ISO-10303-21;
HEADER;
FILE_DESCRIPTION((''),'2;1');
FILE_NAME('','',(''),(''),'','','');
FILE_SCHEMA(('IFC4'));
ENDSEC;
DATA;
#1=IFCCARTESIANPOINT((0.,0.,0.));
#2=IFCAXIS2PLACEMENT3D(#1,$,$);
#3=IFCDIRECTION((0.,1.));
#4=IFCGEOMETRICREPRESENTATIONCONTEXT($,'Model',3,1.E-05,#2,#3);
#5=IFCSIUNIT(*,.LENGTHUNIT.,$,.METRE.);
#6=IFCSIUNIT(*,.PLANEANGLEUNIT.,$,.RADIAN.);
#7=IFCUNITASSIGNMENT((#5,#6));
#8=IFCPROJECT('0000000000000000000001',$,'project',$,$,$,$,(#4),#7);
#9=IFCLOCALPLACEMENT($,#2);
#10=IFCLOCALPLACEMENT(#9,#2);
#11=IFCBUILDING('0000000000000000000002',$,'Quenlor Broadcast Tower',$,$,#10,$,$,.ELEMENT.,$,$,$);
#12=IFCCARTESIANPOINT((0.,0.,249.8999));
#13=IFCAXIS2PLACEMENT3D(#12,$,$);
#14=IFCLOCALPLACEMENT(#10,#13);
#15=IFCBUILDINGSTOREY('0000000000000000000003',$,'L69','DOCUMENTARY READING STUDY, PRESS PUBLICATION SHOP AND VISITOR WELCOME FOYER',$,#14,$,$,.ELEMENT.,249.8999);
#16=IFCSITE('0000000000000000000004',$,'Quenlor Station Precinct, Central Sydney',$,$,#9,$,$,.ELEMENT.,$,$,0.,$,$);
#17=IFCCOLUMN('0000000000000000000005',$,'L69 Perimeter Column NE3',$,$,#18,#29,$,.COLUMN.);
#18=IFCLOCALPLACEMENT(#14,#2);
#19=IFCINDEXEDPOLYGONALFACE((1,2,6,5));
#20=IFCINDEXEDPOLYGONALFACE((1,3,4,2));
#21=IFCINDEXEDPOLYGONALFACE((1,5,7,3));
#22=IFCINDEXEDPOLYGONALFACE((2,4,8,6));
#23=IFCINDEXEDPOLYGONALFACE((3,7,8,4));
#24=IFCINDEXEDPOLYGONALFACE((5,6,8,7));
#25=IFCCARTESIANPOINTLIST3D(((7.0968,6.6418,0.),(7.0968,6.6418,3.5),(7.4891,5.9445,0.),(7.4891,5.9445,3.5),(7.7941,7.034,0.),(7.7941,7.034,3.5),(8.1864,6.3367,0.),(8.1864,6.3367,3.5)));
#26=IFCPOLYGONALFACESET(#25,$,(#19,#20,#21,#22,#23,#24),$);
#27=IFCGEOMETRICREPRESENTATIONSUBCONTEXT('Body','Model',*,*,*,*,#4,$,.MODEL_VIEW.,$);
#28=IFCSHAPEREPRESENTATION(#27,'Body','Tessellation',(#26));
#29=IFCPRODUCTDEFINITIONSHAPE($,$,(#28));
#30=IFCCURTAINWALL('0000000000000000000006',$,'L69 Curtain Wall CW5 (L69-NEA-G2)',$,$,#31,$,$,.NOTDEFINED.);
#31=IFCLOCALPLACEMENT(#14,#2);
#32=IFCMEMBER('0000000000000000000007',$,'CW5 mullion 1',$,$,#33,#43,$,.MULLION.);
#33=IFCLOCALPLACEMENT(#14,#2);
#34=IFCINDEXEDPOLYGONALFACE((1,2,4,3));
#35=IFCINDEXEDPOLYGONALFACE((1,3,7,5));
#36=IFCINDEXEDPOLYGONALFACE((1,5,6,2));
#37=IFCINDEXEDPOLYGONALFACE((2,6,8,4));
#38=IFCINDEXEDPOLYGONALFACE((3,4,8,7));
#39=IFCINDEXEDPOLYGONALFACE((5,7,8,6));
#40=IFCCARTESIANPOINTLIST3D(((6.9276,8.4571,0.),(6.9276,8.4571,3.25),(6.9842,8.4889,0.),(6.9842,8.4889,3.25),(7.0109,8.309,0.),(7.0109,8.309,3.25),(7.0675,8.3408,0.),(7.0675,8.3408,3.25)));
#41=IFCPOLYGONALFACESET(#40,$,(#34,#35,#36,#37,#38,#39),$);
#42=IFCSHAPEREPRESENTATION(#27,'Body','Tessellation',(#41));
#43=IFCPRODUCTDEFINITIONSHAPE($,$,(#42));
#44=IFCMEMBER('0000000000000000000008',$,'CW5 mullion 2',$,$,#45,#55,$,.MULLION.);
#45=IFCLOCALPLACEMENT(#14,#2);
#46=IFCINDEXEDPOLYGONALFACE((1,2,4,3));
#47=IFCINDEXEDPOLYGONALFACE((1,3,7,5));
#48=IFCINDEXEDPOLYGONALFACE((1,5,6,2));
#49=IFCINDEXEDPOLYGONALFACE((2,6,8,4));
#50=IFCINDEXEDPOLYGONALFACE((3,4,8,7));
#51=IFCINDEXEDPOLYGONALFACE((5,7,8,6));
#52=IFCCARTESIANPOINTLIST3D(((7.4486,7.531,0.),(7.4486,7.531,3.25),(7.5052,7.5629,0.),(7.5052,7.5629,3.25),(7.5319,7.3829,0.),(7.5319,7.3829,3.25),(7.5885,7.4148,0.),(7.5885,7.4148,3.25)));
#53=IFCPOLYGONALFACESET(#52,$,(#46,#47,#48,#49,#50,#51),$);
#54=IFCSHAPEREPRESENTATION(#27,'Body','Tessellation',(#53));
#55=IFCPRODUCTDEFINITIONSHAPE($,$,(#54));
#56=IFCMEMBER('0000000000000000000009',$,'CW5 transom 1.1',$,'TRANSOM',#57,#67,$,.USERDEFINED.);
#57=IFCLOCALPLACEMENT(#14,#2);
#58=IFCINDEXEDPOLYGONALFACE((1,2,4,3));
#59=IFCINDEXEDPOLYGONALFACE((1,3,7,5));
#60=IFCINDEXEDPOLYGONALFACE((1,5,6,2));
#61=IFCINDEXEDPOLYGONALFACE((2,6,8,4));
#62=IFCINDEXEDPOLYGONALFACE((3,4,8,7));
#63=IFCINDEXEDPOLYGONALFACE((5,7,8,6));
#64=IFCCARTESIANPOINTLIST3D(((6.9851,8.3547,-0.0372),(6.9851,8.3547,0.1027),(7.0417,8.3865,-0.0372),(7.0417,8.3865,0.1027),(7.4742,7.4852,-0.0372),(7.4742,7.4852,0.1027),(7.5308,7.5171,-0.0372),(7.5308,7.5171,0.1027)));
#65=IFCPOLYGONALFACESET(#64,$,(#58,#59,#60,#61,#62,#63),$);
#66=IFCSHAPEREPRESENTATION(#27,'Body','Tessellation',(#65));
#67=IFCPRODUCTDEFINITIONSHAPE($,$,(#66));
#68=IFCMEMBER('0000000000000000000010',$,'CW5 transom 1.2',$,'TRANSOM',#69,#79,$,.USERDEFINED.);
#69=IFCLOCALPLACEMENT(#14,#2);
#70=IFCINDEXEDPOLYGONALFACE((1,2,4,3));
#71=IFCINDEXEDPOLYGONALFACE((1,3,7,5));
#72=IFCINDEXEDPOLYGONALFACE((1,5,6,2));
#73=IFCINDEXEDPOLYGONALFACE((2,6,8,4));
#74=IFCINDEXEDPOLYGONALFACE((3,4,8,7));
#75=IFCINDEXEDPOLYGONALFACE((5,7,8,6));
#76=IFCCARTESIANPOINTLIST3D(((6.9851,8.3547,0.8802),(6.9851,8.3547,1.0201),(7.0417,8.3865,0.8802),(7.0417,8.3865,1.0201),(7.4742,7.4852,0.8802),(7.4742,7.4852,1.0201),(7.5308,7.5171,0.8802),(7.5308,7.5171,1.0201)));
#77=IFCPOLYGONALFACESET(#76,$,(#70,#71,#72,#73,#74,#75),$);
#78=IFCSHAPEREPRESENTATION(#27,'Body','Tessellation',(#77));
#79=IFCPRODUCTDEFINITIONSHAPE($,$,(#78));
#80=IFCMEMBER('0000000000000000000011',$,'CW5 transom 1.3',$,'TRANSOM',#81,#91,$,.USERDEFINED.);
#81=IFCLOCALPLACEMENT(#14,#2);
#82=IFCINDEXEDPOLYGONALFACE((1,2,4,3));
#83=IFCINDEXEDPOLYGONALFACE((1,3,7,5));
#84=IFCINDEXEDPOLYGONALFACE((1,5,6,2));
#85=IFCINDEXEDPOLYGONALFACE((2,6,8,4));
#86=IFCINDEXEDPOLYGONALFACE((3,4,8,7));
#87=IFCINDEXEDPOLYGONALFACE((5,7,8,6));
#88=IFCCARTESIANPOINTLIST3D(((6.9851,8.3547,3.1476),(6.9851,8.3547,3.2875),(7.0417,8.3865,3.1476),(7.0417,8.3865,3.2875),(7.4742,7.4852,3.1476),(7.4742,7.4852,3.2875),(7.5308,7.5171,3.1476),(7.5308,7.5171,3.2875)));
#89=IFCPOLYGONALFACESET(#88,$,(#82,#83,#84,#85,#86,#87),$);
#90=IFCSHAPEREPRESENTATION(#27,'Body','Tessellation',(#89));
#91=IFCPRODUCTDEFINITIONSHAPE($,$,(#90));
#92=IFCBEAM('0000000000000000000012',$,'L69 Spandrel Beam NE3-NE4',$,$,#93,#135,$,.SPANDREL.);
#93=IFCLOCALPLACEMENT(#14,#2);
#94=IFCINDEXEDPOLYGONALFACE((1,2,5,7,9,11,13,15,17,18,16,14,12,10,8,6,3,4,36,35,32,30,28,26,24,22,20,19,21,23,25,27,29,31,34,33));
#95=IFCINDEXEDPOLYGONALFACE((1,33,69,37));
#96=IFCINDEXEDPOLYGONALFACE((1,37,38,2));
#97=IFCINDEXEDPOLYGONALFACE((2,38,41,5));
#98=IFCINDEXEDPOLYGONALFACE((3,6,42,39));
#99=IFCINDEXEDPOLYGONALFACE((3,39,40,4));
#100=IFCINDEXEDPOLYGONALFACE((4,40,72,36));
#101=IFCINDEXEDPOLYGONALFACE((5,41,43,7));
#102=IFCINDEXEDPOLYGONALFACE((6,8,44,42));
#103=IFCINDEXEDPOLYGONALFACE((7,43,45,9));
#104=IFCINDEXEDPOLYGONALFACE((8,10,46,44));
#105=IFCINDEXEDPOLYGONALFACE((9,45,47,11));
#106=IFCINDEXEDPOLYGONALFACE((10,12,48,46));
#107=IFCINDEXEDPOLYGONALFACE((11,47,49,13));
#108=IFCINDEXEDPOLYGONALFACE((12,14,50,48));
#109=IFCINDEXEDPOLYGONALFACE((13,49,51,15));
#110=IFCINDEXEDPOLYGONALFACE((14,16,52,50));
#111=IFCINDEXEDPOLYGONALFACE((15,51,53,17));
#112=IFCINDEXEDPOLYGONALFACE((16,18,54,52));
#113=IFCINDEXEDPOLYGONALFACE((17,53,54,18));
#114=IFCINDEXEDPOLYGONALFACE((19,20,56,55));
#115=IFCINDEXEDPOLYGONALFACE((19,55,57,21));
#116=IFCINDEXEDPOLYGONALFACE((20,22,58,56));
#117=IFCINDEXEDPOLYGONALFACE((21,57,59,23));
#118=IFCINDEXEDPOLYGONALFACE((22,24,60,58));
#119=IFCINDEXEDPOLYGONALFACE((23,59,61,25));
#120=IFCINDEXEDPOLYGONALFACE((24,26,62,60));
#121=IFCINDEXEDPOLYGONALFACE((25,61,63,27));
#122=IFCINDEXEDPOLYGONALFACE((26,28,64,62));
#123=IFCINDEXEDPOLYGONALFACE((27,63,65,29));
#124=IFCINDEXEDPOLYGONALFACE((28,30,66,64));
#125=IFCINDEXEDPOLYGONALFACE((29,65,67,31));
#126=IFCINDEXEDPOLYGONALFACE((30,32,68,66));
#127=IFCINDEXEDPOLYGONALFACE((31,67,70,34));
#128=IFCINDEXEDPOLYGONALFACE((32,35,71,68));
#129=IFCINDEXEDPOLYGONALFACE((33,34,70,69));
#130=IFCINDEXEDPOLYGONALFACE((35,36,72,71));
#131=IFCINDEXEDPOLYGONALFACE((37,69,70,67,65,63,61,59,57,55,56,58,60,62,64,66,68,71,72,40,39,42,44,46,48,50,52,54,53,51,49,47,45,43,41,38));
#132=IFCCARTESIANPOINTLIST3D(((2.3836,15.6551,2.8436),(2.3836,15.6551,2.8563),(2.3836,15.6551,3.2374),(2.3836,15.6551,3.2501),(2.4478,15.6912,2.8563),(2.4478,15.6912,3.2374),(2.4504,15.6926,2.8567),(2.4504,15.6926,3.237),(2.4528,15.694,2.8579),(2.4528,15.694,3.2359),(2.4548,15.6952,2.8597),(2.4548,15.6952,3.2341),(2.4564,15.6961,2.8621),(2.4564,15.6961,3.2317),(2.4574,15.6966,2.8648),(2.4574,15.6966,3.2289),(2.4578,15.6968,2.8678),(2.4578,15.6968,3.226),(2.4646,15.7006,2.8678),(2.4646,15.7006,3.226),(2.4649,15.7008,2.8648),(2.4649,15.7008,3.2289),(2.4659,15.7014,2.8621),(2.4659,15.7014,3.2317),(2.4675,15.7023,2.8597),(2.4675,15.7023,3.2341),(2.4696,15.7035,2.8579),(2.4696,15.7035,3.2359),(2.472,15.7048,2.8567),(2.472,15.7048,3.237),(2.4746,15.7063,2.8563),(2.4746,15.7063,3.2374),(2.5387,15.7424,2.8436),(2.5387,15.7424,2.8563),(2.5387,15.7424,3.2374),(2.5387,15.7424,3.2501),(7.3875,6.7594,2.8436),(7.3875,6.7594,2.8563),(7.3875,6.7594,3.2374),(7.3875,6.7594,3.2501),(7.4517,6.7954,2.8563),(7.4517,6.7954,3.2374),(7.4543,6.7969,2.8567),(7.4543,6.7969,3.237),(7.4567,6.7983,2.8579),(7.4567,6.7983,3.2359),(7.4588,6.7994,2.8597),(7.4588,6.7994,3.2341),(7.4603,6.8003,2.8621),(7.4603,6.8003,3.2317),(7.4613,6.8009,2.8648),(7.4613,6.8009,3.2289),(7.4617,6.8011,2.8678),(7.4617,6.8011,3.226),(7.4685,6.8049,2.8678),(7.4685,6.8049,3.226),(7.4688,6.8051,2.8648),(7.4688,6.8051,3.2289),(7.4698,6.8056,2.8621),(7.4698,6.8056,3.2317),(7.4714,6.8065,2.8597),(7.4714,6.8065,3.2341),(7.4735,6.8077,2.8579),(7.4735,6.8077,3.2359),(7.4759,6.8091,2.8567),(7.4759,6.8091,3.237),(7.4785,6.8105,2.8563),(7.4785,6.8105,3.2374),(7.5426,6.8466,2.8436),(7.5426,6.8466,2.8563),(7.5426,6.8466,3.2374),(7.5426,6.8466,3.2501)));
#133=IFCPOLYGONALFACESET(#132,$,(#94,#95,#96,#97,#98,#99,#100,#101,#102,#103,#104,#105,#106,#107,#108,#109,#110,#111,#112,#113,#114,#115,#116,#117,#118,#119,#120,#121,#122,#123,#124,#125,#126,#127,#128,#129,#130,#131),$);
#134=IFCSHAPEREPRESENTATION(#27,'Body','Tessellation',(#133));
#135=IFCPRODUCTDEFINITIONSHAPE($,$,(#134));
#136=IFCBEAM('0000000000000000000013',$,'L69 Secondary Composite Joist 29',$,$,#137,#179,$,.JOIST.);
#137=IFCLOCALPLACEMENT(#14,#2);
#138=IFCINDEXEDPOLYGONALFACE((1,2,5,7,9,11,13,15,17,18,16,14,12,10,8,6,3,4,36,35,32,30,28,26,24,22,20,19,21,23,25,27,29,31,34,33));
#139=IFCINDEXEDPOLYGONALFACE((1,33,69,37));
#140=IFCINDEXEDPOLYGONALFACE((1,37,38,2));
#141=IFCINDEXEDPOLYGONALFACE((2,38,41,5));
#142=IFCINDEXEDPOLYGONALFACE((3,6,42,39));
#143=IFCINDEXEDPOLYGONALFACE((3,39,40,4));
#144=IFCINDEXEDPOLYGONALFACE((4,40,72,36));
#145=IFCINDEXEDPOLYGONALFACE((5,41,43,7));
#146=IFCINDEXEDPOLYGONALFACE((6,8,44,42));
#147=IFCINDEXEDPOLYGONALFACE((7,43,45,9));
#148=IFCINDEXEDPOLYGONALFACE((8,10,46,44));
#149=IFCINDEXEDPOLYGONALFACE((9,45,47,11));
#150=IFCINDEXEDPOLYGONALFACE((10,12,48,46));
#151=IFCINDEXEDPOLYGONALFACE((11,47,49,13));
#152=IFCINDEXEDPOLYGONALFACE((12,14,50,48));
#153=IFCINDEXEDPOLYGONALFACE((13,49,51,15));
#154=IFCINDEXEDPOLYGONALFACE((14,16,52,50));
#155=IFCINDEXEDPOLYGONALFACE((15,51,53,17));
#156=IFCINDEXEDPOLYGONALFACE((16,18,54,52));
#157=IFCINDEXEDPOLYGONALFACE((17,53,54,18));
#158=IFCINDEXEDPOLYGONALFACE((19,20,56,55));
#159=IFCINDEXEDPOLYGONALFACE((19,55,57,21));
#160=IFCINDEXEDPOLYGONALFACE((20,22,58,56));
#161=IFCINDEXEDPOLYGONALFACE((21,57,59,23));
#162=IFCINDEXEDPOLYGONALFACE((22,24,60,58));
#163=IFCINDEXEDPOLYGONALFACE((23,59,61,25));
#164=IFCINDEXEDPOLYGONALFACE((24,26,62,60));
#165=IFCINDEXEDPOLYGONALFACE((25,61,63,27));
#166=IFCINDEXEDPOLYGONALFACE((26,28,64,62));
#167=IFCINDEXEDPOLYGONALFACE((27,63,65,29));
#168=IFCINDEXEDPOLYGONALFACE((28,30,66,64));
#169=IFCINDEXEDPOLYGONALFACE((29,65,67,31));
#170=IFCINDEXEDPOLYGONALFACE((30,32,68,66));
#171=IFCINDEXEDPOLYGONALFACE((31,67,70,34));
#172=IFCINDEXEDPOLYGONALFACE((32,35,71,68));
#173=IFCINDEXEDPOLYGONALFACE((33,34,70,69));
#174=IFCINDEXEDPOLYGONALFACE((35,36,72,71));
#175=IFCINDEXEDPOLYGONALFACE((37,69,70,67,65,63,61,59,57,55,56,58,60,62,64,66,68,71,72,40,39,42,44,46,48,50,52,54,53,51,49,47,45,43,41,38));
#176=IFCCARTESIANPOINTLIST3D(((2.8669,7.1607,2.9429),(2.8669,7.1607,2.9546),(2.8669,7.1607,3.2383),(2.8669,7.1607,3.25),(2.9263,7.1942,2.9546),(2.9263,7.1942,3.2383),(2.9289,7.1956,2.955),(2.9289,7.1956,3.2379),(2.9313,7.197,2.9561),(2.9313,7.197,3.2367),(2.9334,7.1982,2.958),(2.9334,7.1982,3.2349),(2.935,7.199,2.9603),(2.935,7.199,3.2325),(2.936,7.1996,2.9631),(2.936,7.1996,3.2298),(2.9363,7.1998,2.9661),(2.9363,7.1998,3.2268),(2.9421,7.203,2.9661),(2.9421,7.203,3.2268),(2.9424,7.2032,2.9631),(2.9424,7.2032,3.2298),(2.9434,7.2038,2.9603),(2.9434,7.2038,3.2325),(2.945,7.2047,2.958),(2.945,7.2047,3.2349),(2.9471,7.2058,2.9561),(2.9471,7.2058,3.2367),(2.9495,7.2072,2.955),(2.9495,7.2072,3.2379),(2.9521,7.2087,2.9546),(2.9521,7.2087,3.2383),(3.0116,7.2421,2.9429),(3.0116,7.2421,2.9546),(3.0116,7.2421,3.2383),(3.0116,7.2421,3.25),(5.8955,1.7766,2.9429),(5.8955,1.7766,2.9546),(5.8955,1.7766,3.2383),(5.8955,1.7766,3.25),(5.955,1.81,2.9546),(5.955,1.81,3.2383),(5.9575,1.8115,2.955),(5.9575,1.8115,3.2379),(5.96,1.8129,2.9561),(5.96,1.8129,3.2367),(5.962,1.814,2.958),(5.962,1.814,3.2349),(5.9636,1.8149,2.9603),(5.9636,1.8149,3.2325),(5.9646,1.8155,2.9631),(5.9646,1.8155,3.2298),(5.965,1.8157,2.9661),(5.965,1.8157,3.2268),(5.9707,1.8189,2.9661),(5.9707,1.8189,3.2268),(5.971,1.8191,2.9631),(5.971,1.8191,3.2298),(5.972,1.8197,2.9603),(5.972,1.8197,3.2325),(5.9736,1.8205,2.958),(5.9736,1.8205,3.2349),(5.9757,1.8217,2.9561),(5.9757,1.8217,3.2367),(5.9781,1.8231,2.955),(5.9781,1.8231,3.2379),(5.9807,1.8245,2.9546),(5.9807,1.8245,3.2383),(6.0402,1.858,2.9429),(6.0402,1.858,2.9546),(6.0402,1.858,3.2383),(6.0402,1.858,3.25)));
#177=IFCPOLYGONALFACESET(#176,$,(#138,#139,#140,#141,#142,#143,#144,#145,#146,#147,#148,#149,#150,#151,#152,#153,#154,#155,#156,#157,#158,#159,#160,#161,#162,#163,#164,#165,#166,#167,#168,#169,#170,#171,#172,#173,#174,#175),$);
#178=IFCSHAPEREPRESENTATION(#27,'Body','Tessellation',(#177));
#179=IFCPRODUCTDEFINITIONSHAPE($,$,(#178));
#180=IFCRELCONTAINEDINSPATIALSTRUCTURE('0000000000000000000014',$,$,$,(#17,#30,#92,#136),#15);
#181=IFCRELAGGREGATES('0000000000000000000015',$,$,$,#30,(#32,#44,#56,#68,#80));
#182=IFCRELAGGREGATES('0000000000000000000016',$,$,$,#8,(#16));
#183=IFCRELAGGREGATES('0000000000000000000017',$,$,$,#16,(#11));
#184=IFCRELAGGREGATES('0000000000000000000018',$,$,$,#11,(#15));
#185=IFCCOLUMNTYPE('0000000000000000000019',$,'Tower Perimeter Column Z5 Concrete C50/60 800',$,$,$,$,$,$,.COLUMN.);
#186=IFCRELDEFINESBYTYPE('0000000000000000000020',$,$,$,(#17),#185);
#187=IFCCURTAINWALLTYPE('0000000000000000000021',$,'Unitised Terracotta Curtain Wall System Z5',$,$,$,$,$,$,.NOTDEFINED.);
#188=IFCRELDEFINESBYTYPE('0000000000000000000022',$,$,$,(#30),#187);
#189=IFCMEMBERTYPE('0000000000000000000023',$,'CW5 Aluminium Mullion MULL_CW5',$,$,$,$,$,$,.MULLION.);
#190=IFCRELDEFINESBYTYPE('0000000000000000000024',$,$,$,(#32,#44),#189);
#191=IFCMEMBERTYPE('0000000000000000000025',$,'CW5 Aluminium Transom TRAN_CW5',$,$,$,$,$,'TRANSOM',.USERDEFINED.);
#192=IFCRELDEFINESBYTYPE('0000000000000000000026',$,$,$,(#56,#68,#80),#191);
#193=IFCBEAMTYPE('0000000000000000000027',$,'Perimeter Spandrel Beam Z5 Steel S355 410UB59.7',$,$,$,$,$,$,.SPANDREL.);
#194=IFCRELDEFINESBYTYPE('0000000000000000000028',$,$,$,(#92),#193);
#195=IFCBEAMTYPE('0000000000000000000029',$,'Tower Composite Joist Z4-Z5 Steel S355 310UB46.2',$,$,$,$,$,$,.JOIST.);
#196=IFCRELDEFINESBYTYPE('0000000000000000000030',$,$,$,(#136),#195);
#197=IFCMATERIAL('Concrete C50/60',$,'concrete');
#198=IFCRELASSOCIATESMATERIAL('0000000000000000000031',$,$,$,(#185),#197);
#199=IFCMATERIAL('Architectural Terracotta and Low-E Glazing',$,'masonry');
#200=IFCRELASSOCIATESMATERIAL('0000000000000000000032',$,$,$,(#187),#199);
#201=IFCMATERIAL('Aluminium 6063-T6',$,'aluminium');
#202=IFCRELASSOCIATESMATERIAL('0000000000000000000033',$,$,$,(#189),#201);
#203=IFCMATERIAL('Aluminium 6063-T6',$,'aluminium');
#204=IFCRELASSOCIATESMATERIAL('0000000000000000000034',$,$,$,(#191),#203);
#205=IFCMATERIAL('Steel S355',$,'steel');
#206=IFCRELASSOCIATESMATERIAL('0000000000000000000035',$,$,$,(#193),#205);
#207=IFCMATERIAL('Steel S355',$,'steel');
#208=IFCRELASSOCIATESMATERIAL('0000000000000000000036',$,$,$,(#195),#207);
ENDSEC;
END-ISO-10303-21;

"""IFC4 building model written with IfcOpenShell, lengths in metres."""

from ifc_helpers import new_model, si_unit, direction, frame, origin, origin_2d, place, context, subcontext, project, spatial, rectangle, i_section, extrude, material, material_profile, profile_set, type_object, element, aggregate, save


model = new_model("IFC4")

# Units and contexts
model_context = context("Model", 3, precision=1e-05, world=origin(), true_north=direction((0.0, 1.0)))
body_context = subcontext(model_context, "Body", "Model", "MODEL_VIEW")
ifc_project = project(units=[si_unit("LENGTHUNIT", "METRE"), si_unit("PLANEANGLEUNIT", "RADIAN")], contexts=[model_context])

# Site, building, storey
site_placement = place(None, origin())
site = spatial("IfcSite", under=ifc_project, at=site_placement, Name="Quenlor Station Precinct, Central Sydney", CompositionType="ELEMENT", RefElevation=0.0)
building_placement = place(site_placement, origin())
building = spatial("IfcBuilding", under=site, at=building_placement, Name="Quenlor Broadcast Tower", CompositionType="ELEMENT")
storey_placement = place(building_placement, frame((0.0, 0.0, 249.8999)))
storey = spatial("IfcBuildingStorey", under=building, at=storey_placement, Name="L69", Description="DOCUMENTARY READING STUDY, PRESS PUBLICATION SHOP AND VISITOR WELCOME FOYER", CompositionType="ELEMENT", Elevation=249.8999)

# Column
ifc_material_1 = material(Name="Concrete C50/60", Category="concrete")
ifc_material_profile_1 = material_profile(ifc_material_1, rectangle(XDim=0.8, YDim=0.8, at=origin_2d()))
ifc_profile_set_1 = profile_set([ifc_material_profile_1], Name="Concrete C50/60 RC800x800")
column_type = type_object("IfcColumnType", Name="Tower Perimeter Column Z5 Concrete C50/60 800", PredefinedType="COLUMN", material=ifc_profile_set_1)
column_placement = place(storey_placement, frame((7.6416, 6.4893, 0.0), z_axis=(0.0, 0.0, 1.0), x_axis=(0.871575, 0.490262, 0.0)))
element("IfcColumn", 1, at=column_placement, inside=storey, type_object=column_type, Name="L69 Perimeter Column NE3", PredefinedType="COLUMN", context=body_context, shape_type="SweptSolid", body=[
    extrude(rectangle(XDim=0.8, YDim=0.8, at=origin_2d()), origin(), (0.0, 0.0, 1.0), 3.5),
])

# Curtain wall, members
ifc_material_2 = material(Name="Architectural Terracotta and Low-E Glazing", Category="masonry")
curtain_wall_type = type_object("IfcCurtainWallType", Name="Unitised Terracotta Curtain Wall System Z5", PredefinedType="NOTDEFINED", material=ifc_material_2)
curtain_wall_placement = place(storey_placement, origin())
curtain_wall = element("IfcCurtainWall", 2, at=curtain_wall_placement, inside=storey, type_object=curtain_wall_type, Name="L69 Curtain Wall CW5 (L69-NEA-G2)", PredefinedType="NOTDEFINED")
ifc_material_3 = material(Name="Aluminium 6063-T6", Category="aluminium")
ifc_material_profile_2 = material_profile(ifc_material_3, rectangle(XDim=0.0649, YDim=0.1699, at=origin_2d()))
ifc_profile_set_2 = profile_set([ifc_material_profile_2], Name="Aluminium 6063-T6 MULL65x170")
member_type_1 = type_object("IfcMemberType", Name="CW5 Aluminium Mullion MULL_CW5", PredefinedType="MULLION", material=ifc_profile_set_2)
member_1_placement = place(storey_placement, frame((6.9976, 8.3989, 0.0), z_axis=(0.0, 0.0, 1.0), x_axis=(0.871564, 0.490282, 0.0)))
member_1 = element("IfcMember", 3, at=member_1_placement, type_object=member_type_1, Name="CW5 mullion 1", PredefinedType="MULLION", context=body_context, shape_type="SweptSolid", body=[
    extrude(rectangle(XDim=0.0649, YDim=0.1699, at=origin_2d()), origin(), (0.0, 0.0, 1.0), 3.25),
])
member_2_placement = place(storey_placement, frame((7.5186, 7.4729, 0.0), z_axis=(0.0, 0.0, 1.0), x_axis=(0.871564, 0.490282, 0.0)))
member_2 = element("IfcMember", 4, at=member_2_placement, type_object=member_type_1, Name="CW5 mullion 2", PredefinedType="MULLION", context=body_context, shape_type="SweptSolid", body=[
    extrude(rectangle(XDim=0.0649, YDim=0.1699, at=origin_2d()), origin(), (0.0, 0.0, 1.0), 3.25),
])
ifc_material_4 = material(Name="Aluminium 6063-T6", Category="aluminium")
ifc_material_profile_3 = material_profile(ifc_material_4, rectangle(XDim=0.0649, YDim=0.1399, at=origin_2d()))
ifc_profile_set_3 = profile_set([ifc_material_profile_3], Name="Aluminium 6063-T6 TRAN65x140")
member_type_2 = type_object("IfcMemberType", Name="CW5 Aluminium Transom TRAN_CW5", ElementType="TRANSOM", PredefinedType="USERDEFINED", material=ifc_profile_set_3)
member_3_placement = place(storey_placement, frame((7.0134, 8.3706, 0.0327), z_axis=(0.49025, -0.871582, 0.0), x_axis=(0.871582, 0.49025, 0.0)))
member_3 = element("IfcMember", 5, at=member_3_placement, type_object=member_type_2, Name="CW5 transom 1.1", ObjectType="TRANSOM", PredefinedType="USERDEFINED", context=body_context, shape_type="SweptSolid", body=[
    extrude(rectangle(XDim=0.0649, YDim=0.1399, at=origin_2d()), origin(), (0.0, 0.0, 1.0), 0.9976),
])
member_4_placement = place(storey_placement, frame((7.0134, 8.3706, 0.9502), z_axis=(0.49025, -0.871582, 0.0), x_axis=(0.871582, 0.49025, 0.0)))
member_4 = element("IfcMember", 6, at=member_4_placement, type_object=member_type_2, Name="CW5 transom 1.2", ObjectType="TRANSOM", PredefinedType="USERDEFINED", context=body_context, shape_type="SweptSolid", body=[
    extrude(rectangle(XDim=0.0649, YDim=0.1399, at=origin_2d()), origin(), (0.0, 0.0, 1.0), 0.9976),
])
member_5_placement = place(storey_placement, frame((7.0134, 8.3706, 3.2175), z_axis=(0.49025, -0.871582, 0.0), x_axis=(0.871582, 0.49025, 0.0)))
member_5 = element("IfcMember", 7, at=member_5_placement, type_object=member_type_2, Name="CW5 transom 1.3", ObjectType="TRANSOM", PredefinedType="USERDEFINED", context=body_context, shape_type="SweptSolid", body=[
    extrude(rectangle(XDim=0.0649, YDim=0.1399, at=origin_2d()), origin(), (0.0, 0.0, 1.0), 0.9976),
])

# Beams
ifc_material_5 = material(Name="Steel S355", Category="steel")
ifc_material_profile_4 = material_profile(ifc_material_5, i_section(OverallWidth=0.178, OverallDepth=0.4065, WebThickness=0.0078, FlangeThickness=0.0127, FilletRadius=0.0115, at=origin_2d()))
ifc_profile_set_4 = profile_set([ifc_material_profile_4], Name="Steel S355 410UB59.7")
beam_type_1 = type_object("IfcBeamType", Name="Perimeter Spandrel Beam Z5 Steel S355 410UB59.7", PredefinedType="SPANDREL", material=ifc_profile_set_4)
beam_1_placement = place(storey_placement, frame((7.4651, 6.803, 3.0469), z_axis=(-0.490265, 0.871574, 0.0), x_axis=(-0.871574, -0.490265, 0.0)))
element("IfcBeam", 8, at=beam_1_placement, inside=storey, type_object=beam_type_1, Name="L69 Spandrel Beam NE3-NE4", PredefinedType="SPANDREL", context=body_context, shape_type="SweptSolid", body=[
    extrude(i_section(OverallWidth=0.178, OverallDepth=0.4065, WebThickness=0.0078, FlangeThickness=0.0127, FilletRadius=0.0115, at=origin_2d()), origin(), (0.0, 0.0, 1.0), 10.2065),
])
ifc_material_6 = material(Name="Steel S355", Category="steel")
ifc_material_profile_5 = material_profile(ifc_material_6, i_section(OverallWidth=0.166, OverallDepth=0.3071, WebThickness=0.0066, FlangeThickness=0.0117, FilletRadius=0.0115, at=origin_2d()))
ifc_profile_set_5 = profile_set([ifc_material_profile_5], Name="Steel S355 310UB46.2")
beam_type_2 = type_object("IfcBeamType", Name="Tower Composite Joist Z4-Z5 Steel S355 310UB46.2", PredefinedType="JOIST", material=ifc_profile_set_5)
beam_2_placement = place(storey_placement, frame((2.9392, 7.2014, 3.0964), z_axis=(0.490267, -0.871572, 0.0), x_axis=(0.871572, 0.490267, 0.0)))
element("IfcBeam", 9, at=beam_2_placement, inside=storey, type_object=beam_type_2, Name="L69 Secondary Composite Joist 29", PredefinedType="JOIST", context=body_context, shape_type="SweptSolid", body=[
    extrude(i_section(OverallWidth=0.166, OverallDepth=0.3071, WebThickness=0.0066, FlangeThickness=0.0117, FilletRadius=0.0115, at=origin_2d()), origin(), (0.0, 0.0, 1.0), 6.1775),
])

aggregate(curtain_wall, [member_1, member_2, member_3, member_4, member_5])

save(model, "model.ifc")
